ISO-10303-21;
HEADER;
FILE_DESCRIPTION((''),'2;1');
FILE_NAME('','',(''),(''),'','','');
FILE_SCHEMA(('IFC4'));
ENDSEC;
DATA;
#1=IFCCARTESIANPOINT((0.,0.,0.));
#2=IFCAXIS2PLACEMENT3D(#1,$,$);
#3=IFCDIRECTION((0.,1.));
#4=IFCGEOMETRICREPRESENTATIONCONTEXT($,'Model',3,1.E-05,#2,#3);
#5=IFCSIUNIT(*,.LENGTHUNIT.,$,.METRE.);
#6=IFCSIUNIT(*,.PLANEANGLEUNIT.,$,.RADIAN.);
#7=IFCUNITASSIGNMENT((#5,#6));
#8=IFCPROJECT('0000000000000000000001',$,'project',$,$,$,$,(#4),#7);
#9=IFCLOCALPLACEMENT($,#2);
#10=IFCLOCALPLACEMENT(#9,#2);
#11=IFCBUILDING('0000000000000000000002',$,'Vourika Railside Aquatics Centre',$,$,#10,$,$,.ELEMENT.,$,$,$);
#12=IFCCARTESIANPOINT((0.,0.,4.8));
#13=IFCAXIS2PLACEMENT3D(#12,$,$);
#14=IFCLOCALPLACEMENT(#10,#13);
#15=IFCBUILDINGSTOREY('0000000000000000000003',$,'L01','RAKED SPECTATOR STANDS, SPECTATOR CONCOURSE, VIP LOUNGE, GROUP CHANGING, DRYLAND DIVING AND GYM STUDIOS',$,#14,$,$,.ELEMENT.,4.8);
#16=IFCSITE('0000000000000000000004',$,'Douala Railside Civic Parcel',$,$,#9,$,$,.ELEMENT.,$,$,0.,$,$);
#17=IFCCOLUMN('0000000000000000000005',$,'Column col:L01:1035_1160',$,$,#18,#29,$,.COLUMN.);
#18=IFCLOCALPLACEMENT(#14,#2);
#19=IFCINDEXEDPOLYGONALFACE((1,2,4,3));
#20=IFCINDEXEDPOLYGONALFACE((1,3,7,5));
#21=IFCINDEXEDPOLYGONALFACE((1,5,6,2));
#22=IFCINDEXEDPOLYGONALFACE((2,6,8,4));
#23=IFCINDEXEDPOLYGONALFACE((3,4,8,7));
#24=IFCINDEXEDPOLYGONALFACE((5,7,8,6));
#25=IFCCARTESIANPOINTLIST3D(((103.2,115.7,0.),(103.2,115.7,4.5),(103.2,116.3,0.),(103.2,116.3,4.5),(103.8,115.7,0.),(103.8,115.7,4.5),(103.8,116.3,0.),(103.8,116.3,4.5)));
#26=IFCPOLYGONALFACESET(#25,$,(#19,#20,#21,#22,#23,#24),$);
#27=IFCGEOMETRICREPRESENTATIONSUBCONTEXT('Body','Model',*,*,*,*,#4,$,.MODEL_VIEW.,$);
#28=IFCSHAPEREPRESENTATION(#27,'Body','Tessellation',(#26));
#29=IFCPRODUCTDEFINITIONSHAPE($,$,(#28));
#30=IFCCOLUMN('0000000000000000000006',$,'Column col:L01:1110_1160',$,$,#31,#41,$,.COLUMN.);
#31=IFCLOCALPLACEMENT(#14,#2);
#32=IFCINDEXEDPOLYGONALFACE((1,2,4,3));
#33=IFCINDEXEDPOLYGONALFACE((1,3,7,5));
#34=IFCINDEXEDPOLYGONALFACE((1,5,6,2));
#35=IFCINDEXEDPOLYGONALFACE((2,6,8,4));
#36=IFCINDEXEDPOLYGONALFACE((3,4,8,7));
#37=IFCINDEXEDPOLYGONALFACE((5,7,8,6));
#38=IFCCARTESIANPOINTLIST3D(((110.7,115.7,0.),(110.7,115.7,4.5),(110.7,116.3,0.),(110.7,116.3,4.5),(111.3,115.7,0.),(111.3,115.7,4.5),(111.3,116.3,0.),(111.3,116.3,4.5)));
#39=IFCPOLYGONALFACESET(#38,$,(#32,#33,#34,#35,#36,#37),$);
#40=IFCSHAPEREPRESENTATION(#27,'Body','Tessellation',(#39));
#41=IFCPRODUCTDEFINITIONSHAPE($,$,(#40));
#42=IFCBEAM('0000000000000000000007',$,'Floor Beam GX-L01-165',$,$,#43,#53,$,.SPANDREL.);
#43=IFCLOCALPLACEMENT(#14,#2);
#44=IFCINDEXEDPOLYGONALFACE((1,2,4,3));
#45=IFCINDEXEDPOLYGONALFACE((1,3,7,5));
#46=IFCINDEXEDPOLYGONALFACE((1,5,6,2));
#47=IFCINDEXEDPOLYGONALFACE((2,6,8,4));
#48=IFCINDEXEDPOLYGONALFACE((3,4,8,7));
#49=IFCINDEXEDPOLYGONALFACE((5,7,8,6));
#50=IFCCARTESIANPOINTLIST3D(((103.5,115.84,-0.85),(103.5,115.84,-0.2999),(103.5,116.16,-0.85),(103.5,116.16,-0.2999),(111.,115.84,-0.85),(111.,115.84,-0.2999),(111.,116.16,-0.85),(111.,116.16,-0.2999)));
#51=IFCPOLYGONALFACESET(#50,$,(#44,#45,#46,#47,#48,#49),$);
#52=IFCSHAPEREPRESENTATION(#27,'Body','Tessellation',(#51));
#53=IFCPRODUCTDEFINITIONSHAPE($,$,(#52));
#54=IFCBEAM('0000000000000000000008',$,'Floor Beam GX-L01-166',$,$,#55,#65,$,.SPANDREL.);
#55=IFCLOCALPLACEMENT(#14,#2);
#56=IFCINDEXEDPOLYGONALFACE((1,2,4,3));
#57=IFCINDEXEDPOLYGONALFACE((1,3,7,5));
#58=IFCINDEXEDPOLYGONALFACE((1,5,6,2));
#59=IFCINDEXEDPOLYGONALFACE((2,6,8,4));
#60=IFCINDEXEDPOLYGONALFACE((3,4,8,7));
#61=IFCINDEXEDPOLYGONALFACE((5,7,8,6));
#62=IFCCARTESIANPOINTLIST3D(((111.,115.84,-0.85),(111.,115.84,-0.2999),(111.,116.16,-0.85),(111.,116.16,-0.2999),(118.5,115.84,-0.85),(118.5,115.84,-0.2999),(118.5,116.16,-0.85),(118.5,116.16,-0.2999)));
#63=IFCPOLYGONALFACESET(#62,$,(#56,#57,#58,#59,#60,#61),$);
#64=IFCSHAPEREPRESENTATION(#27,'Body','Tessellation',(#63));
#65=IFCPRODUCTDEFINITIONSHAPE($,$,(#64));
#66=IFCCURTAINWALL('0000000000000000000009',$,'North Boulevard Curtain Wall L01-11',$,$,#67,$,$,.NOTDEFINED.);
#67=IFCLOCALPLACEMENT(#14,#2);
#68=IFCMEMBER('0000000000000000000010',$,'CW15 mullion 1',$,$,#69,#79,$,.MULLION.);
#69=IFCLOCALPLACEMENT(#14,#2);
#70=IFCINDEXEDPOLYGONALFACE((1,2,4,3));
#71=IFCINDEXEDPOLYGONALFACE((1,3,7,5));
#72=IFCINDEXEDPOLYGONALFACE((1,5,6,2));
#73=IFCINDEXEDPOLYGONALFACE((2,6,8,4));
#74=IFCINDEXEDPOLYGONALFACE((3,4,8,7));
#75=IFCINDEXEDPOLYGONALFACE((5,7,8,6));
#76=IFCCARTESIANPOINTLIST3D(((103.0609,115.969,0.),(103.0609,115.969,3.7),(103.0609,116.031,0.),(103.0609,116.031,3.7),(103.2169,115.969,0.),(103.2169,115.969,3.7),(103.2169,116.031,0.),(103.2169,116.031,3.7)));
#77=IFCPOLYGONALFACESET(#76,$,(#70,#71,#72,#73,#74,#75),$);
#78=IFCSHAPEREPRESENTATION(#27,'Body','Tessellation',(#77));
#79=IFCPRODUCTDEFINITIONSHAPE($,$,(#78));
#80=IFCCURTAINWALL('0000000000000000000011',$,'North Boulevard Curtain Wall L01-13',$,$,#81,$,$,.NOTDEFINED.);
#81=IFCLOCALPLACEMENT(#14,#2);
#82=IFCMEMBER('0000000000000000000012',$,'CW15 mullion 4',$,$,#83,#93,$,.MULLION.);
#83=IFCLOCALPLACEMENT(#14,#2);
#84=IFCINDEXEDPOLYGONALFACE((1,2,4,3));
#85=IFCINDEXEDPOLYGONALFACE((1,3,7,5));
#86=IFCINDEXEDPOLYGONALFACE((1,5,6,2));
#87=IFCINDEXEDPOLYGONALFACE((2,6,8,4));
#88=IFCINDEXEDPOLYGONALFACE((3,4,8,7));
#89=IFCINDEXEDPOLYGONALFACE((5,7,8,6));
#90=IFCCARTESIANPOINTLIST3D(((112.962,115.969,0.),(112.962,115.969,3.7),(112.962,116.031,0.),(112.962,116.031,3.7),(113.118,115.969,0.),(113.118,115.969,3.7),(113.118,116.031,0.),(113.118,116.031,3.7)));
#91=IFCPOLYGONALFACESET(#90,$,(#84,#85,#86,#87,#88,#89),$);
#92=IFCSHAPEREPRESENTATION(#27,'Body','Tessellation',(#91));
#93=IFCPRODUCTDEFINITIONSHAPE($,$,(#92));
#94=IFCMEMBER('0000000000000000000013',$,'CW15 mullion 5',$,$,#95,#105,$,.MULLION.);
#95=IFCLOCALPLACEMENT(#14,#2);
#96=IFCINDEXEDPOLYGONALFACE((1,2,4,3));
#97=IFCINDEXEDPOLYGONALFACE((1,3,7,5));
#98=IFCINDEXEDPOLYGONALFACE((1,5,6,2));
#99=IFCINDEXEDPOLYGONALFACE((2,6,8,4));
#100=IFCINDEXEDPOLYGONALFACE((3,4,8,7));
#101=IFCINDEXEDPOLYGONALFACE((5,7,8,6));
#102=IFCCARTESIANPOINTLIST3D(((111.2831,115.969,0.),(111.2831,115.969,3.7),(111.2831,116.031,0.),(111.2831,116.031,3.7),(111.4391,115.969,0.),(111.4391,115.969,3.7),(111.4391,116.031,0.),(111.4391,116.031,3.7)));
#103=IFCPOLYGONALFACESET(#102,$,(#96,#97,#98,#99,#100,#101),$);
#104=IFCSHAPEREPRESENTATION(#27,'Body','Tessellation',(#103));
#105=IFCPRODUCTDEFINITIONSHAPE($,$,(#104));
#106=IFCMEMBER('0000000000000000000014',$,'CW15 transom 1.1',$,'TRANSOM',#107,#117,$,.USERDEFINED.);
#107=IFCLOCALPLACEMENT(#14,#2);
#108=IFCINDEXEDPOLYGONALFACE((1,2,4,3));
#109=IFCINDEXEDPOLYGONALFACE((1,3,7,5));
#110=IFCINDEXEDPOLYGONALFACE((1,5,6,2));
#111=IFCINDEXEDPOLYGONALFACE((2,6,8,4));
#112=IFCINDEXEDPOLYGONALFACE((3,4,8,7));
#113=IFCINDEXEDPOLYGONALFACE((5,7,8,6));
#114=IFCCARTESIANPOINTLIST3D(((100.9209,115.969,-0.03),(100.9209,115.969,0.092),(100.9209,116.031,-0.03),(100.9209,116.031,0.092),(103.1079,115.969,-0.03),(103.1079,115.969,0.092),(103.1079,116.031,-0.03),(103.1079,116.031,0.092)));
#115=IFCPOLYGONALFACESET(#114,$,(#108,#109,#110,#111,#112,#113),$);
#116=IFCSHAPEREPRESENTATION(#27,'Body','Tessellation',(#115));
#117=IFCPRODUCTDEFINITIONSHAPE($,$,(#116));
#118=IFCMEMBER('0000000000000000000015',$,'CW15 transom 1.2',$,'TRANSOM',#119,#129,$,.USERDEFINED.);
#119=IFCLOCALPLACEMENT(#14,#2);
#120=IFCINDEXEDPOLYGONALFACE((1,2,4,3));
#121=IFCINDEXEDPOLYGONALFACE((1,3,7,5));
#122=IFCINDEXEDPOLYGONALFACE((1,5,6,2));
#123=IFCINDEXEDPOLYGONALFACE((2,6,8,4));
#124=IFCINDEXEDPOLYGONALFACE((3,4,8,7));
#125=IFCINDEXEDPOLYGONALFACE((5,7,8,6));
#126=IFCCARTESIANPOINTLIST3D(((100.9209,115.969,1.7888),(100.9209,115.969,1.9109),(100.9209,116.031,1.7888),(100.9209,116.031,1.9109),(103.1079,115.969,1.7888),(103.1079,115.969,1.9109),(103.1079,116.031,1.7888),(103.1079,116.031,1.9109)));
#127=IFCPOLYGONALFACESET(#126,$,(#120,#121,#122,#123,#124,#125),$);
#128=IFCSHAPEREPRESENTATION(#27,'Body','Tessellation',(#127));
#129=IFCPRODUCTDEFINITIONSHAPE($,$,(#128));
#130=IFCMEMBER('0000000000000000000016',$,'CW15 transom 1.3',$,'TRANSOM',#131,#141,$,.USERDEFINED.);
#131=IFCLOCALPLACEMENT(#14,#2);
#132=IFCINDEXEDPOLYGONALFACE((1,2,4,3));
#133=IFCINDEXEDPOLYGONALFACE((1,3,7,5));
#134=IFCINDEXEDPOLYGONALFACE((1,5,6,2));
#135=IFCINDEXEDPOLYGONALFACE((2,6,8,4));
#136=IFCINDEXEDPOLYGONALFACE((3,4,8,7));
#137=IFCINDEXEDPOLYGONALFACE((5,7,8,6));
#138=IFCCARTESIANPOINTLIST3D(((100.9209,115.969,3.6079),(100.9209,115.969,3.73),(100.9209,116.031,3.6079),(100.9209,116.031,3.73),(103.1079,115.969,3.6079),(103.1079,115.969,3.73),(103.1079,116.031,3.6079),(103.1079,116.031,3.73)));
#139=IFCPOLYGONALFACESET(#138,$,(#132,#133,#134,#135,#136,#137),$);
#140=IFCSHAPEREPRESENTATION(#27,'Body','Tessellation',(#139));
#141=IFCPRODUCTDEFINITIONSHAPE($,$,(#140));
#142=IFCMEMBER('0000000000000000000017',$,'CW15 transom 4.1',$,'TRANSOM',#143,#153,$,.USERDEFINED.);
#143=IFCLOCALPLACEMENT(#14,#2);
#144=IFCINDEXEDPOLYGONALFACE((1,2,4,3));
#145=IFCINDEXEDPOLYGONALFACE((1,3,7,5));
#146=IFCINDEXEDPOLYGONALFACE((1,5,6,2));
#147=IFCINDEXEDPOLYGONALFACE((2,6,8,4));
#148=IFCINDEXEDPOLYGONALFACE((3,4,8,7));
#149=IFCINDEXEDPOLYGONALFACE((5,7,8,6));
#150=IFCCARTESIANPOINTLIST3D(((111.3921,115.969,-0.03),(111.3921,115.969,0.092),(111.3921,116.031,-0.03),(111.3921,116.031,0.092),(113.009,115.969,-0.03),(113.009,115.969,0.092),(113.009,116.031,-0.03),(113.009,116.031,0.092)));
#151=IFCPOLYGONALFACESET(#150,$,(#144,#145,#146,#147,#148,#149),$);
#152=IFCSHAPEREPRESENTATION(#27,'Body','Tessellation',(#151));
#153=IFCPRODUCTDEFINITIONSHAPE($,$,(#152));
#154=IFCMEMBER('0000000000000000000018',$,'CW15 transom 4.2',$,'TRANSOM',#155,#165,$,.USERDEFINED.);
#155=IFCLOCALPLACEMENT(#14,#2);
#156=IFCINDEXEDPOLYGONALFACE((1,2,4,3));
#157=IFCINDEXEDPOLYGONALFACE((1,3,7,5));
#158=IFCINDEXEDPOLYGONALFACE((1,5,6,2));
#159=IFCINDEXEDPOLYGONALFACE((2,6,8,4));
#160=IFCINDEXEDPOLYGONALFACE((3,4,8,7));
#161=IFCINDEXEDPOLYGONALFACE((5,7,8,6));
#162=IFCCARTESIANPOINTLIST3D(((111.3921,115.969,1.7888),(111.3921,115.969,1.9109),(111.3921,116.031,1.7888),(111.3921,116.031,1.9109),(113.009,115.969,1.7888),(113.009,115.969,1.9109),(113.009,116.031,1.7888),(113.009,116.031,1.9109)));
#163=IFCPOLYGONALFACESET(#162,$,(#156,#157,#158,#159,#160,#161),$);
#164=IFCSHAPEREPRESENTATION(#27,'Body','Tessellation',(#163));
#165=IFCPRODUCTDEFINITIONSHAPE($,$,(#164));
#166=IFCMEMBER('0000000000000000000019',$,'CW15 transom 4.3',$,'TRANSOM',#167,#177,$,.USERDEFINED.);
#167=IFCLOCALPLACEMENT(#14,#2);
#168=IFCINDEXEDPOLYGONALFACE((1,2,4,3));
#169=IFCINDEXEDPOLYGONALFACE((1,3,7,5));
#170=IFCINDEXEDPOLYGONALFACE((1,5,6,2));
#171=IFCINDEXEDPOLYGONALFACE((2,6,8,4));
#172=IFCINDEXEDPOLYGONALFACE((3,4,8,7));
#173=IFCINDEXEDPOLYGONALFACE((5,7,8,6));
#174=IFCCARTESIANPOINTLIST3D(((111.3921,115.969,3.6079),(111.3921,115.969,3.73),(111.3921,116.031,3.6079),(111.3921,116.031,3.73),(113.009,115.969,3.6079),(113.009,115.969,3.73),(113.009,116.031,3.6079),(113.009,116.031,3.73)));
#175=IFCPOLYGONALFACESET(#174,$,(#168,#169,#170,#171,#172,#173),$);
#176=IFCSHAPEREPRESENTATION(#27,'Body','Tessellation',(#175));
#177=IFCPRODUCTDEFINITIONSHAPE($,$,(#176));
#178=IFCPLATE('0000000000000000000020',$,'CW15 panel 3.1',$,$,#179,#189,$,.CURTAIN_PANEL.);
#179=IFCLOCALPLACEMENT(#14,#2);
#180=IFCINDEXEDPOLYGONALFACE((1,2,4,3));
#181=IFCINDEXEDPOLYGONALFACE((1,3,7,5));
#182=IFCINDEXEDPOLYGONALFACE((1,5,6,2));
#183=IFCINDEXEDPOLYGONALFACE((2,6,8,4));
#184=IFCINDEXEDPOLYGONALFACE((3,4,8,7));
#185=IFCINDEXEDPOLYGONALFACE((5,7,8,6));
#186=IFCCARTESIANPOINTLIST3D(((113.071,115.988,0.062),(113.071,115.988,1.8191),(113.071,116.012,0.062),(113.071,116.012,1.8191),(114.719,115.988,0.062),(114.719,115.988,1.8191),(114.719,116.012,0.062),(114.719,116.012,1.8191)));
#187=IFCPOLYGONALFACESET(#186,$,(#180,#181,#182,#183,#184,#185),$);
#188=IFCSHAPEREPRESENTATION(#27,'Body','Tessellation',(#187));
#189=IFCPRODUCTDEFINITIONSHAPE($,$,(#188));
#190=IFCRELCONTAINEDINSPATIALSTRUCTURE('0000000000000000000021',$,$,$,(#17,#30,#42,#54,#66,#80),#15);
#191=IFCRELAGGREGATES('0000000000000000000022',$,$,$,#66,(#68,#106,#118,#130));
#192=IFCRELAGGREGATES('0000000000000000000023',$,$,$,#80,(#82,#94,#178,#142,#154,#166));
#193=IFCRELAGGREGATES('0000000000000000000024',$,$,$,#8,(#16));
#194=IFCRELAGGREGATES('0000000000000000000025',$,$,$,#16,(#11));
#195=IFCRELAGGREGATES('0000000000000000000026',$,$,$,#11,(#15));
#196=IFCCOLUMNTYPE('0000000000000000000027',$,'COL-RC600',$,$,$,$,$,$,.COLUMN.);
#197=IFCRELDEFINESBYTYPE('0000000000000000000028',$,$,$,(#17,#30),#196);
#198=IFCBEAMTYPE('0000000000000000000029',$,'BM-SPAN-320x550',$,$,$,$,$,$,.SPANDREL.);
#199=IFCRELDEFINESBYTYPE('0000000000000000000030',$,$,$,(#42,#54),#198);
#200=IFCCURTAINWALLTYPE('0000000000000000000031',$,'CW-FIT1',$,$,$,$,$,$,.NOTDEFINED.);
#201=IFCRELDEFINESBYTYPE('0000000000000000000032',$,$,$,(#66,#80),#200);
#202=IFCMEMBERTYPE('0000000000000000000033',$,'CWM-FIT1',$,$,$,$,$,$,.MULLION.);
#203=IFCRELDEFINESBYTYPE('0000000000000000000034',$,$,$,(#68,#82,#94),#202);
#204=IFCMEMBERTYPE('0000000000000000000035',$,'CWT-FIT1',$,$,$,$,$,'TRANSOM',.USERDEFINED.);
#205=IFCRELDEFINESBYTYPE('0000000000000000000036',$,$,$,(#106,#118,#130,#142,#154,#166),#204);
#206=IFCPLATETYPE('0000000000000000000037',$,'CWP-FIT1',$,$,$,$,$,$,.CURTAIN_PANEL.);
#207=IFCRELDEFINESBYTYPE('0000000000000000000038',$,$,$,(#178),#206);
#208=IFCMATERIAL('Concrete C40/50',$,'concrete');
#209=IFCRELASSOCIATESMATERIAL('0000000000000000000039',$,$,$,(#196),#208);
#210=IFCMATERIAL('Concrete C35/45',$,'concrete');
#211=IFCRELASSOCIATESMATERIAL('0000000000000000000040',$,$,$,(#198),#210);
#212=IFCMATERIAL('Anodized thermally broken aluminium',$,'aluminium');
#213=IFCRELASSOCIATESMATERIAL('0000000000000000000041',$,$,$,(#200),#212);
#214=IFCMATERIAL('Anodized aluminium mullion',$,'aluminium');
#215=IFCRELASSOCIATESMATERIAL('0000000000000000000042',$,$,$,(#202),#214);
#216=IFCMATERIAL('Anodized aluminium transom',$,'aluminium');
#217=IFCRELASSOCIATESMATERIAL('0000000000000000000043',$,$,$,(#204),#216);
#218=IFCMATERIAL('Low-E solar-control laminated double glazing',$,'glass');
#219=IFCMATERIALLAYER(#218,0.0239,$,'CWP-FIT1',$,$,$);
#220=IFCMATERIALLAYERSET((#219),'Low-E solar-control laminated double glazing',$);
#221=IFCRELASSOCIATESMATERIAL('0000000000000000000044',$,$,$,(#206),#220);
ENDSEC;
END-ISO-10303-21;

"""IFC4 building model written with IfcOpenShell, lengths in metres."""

from ifc_helpers import new_model, si_unit, direction, frame, origin, origin_2d, place, context, subcontext, project, spatial, rectangle, extrude, material, layer, layer_set, material_profile, profile_set, type_object, element, aggregate, save


model = new_model("IFC4")

# Units and contexts
model_context = context("Model", 3, precision=1e-05, world=origin(), true_north=direction((0.0, 1.0)))
body_context = subcontext(model_context, "Body", "Model", "MODEL_VIEW")
ifc_project = project(units=[si_unit("LENGTHUNIT", "METRE"), si_unit("PLANEANGLEUNIT", "RADIAN")], contexts=[model_context])

# Site, building, storey
site_placement = place(None, origin())
site = spatial("IfcSite", under=ifc_project, at=site_placement, Name="Douala Railside Civic Parcel", CompositionType="ELEMENT", RefElevation=0.0)
building_placement = place(site_placement, origin())
building = spatial("IfcBuilding", under=site, at=building_placement, Name="Vourika Railside Aquatics Centre", CompositionType="ELEMENT")
storey_placement = place(building_placement, frame((0.0, 0.0, 4.8)))
storey = spatial("IfcBuildingStorey", under=building, at=storey_placement, Name="L01", Description="RAKED SPECTATOR STANDS, SPECTATOR CONCOURSE, VIP LOUNGE, GROUP CHANGING, DRYLAND DIVING AND GYM STUDIOS", CompositionType="ELEMENT", Elevation=4.8)

# Columns
ifc_material_1 = material(Name="Concrete C40/50", Category="concrete")
ifc_material_profile_1 = material_profile(ifc_material_1, rectangle(XDim=0.6001, YDim=0.6001, at=origin_2d()), Name="RC 600x600")
ifc_profile_set_1 = profile_set([ifc_material_profile_1], Name="Concrete C40/50")
column_type = type_object("IfcColumnType", Name="COL-RC600", PredefinedType="COLUMN", material=ifc_profile_set_1)
for number, where, z_axis, x_axis, name in (
    (1, (103.5, 116.0, 0.0), (0.0, 0.0, 1.0), (1.0, 0.0, 0.0), "Column col:L01:1035_1160"),
    (2, (111.0, 116.0, 0.0), (0.0, 0.0, 1.0), (1.0, 0.0, 0.0), "Column col:L01:1110_1160"),
):
    element("IfcColumn", number, at=place(storey_placement, frame(where, z_axis=z_axis, x_axis=x_axis)), inside=storey, type_object=column_type, Name=name, PredefinedType="COLUMN", context=body_context, shape_type="SweptSolid", body=[
        extrude(rectangle(XDim=0.6001, YDim=0.6001, at=origin_2d()), origin(), (0.0, 0.0, 1.0), 4.5),
    ])

# Beams
ifc_material_2 = material(Name="Concrete C35/45", Category="concrete")
ifc_material_profile_2 = material_profile(ifc_material_2, rectangle(XDim=0.3201, YDim=0.55, at=origin_2d()), Name="RC 320x550")
ifc_profile_set_2 = profile_set([ifc_material_profile_2], Name="Concrete C35/45")
beam_type = type_object("IfcBeamType", Name="BM-SPAN-320x550", PredefinedType="SPANDREL", material=ifc_profile_set_2)
for number, where, z_axis, x_axis, name in (
    (3, (103.5, 116.0, -0.575), (1.0, 0.0, 0.0), (0.0, 1.0, 0.0), "Floor Beam GX-L01-165"),
    (4, (111.0, 116.0, -0.575), (1.0, 0.0, 0.0), (0.0, 1.0, 0.0), "Floor Beam GX-L01-166"),
):
    element("IfcBeam", number, at=place(storey_placement, frame(where, z_axis=z_axis, x_axis=x_axis)), inside=storey, type_object=beam_type, Name=name, PredefinedType="SPANDREL", context=body_context, shape_type="SweptSolid", body=[
        extrude(rectangle(XDim=0.3201, YDim=0.55, at=origin_2d()), origin(), (0.0, 0.0, 1.0), 7.5),
    ])

# Curtain wall, member
ifc_material_3 = material(Name="Anodized thermally broken aluminium", Category="aluminium")
curtain_wall_type = type_object("IfcCurtainWallType", Name="CW-FIT1", PredefinedType="NOTDEFINED", material=ifc_material_3)
curtain_wall_1_placement = place(storey_placement, origin())
curtain_wall_1 = element("IfcCurtainWall", 5, at=curtain_wall_1_placement, inside=storey, type_object=curtain_wall_type, Name="North Boulevard Curtain Wall L01-11", PredefinedType="NOTDEFINED")
ifc_material_4 = material(Name="Anodized aluminium mullion", Category="aluminium")
ifc_material_profile_3 = material_profile(ifc_material_4, rectangle(XDim=0.062, YDim=0.156, at=origin_2d()), Name="ALU-M 62x156")
ifc_profile_set_3 = profile_set([ifc_material_profile_3], Name="Anodized aluminium mullion")
member_type_1 = type_object("IfcMemberType", Name="CWM-FIT1", PredefinedType="MULLION", material=ifc_profile_set_3)
member_1_placement = place(storey_placement, frame((103.1389, 116.0, 0.0), z_axis=(0.0, 0.0, 1.0), x_axis=(0.0, -1.0, 0.0)))
member_1 = element("IfcMember", 6, at=member_1_placement, type_object=member_type_1, Name="CW15 mullion 1", PredefinedType="MULLION", context=body_context, shape_type="SweptSolid", body=[
    extrude(rectangle(XDim=0.062, YDim=0.156, at=origin_2d()), origin(), (0.0, 0.0, 1.0), 3.7),
])

# Curtain wall, members
curtain_wall_2_placement = place(storey_placement, origin())
curtain_wall_2 = element("IfcCurtainWall", 7, at=curtain_wall_2_placement, inside=storey, type_object=curtain_wall_type, Name="North Boulevard Curtain Wall L01-13", PredefinedType="NOTDEFINED")
member_2_placement = place(storey_placement, frame((113.04, 116.0, 0.0), z_axis=(0.0, 0.0, 1.0), x_axis=(0.0, -1.0, 0.0)))
member_2 = element("IfcMember", 8, at=member_2_placement, type_object=member_type_1, Name="CW15 mullion 4", PredefinedType="MULLION", context=body_context, shape_type="SweptSolid", body=[
    extrude(rectangle(XDim=0.062, YDim=0.156, at=origin_2d()), origin(), (0.0, 0.0, 1.0), 3.7),
])
member_3_placement = place(storey_placement, frame((111.3611, 116.0, 0.0), z_axis=(0.0, 0.0, 1.0), x_axis=(0.0, -1.0, 0.0)))
member_3 = element("IfcMember", 9, at=member_3_placement, type_object=member_type_1, Name="CW15 mullion 5", PredefinedType="MULLION", context=body_context, shape_type="SweptSolid", body=[
    extrude(rectangle(XDim=0.062, YDim=0.156, at=origin_2d()), origin(), (0.0, 0.0, 1.0), 3.7),
])

# Members
ifc_material_5 = material(Name="Anodized aluminium transom", Category="aluminium")
ifc_material_profile_4 = material_profile(ifc_material_5, rectangle(XDim=0.062, YDim=0.1221, at=origin_2d()), Name="ALU-T 62x122")
ifc_profile_set_4 = profile_set([ifc_material_profile_4], Name="Anodized aluminium transom")
member_type_2 = type_object("IfcMemberType", Name="CWT-FIT1", ElementType="TRANSOM", PredefinedType="USERDEFINED", material=ifc_profile_set_4)
member_4_placement = place(storey_placement, frame((103.1079, 116.0, 0.031), z_axis=(-1.0, 0.0, 0.0), x_axis=(0.0, -1.0, 0.0)))
member_4 = element("IfcMember", 10, at=member_4_placement, type_object=member_type_2, Name="CW15 transom 1.1", ObjectType="TRANSOM", PredefinedType="USERDEFINED", context=body_context, shape_type="SweptSolid", body=[
    extrude(rectangle(XDim=0.062, YDim=0.1221, at=origin_2d()), origin(), (0.0, 0.0, 1.0), 2.187),
])
member_5_placement = place(storey_placement, frame((103.1079, 116.0, 1.8499), z_axis=(-1.0, 0.0, 0.0), x_axis=(0.0, -1.0, 0.0)))
member_5 = element("IfcMember", 11, at=member_5_placement, type_object=member_type_2, Name="CW15 transom 1.2", ObjectType="TRANSOM", PredefinedType="USERDEFINED", context=body_context, shape_type="SweptSolid", body=[
    extrude(rectangle(XDim=0.062, YDim=0.1221, at=origin_2d()), origin(), (0.0, 0.0, 1.0), 2.187),
])
member_6_placement = place(storey_placement, frame((103.1079, 116.0, 3.6689), z_axis=(-1.0, 0.0, 0.0), x_axis=(0.0, -1.0, 0.0)))
member_6 = element("IfcMember", 12, at=member_6_placement, type_object=member_type_2, Name="CW15 transom 1.3", ObjectType="TRANSOM", PredefinedType="USERDEFINED", context=body_context, shape_type="SweptSolid", body=[
    extrude(rectangle(XDim=0.062, YDim=0.1221, at=origin_2d()), origin(), (0.0, 0.0, 1.0), 2.187),
])
aggregate(curtain_wall_1, [member_1, member_4, member_5, member_6])
member_7_placement = place(storey_placement, frame((113.009, 116.0, 0.031), z_axis=(-1.0, 0.0, 0.0), x_axis=(0.0, -1.0, 0.0)))
member_7 = element("IfcMember", 13, at=member_7_placement, type_object=member_type_2, Name="CW15 transom 4.1", ObjectType="TRANSOM", PredefinedType="USERDEFINED", context=body_context, shape_type="SweptSolid", body=[
    extrude(rectangle(XDim=0.062, YDim=0.1221, at=origin_2d()), origin(), (0.0, 0.0, 1.0), 1.6169),
])
member_8_placement = place(storey_placement, frame((113.009, 116.0, 1.8499), z_axis=(-1.0, 0.0, 0.0), x_axis=(0.0, -1.0, 0.0)))
member_8 = element("IfcMember", 14, at=member_8_placement, type_object=member_type_2, Name="CW15 transom 4.2", ObjectType="TRANSOM", PredefinedType="USERDEFINED", context=body_context, shape_type="SweptSolid", body=[
    extrude(rectangle(XDim=0.062, YDim=0.1221, at=origin_2d()), origin(), (0.0, 0.0, 1.0), 1.6169),
])
member_9_placement = place(storey_placement, frame((113.009, 116.0, 3.6689), z_axis=(-1.0, 0.0, 0.0), x_axis=(0.0, -1.0, 0.0)))
member_9 = element("IfcMember", 15, at=member_9_placement, type_object=member_type_2, Name="CW15 transom 4.3", ObjectType="TRANSOM", PredefinedType="USERDEFINED", context=body_context, shape_type="SweptSolid", body=[
    extrude(rectangle(XDim=0.062, YDim=0.1221, at=origin_2d()), origin(), (0.0, 0.0, 1.0), 1.6169),
])

# Plate
ifc_material_6 = material(Name="Low-E solar-control laminated double glazing", Category="glass")
ifc_layer_1 = layer(ifc_material_6, 0.0239, Name="CWP-FIT1")
ifc_layer_set_1 = layer_set([ifc_layer_1], Name="Low-E solar-control laminated double glazing")
plate_type = type_object("IfcPlateType", Name="CWP-FIT1", PredefinedType="CURTAIN_PANEL", material=ifc_layer_set_1)
plate_1_placement = place(storey_placement, frame((113.895, 116.0, 0.062), z_axis=(0.0, 0.0, 1.0), x_axis=(-1.0, 0.0, 0.0)))
plate_1 = element("IfcPlate", 16, at=plate_1_placement, type_object=plate_type, Name="CW15 panel 3.1", PredefinedType="CURTAIN_PANEL", context=body_context, shape_type="SweptSolid", body=[
    extrude(rectangle(XDim=1.6479, YDim=0.0239, at=origin_2d()), origin(), (0.0, 0.0, 1.0), 1.7571),
])
aggregate(curtain_wall_2, [member_2, member_3, plate_1, member_7, member_8, member_9])

save(model, "model.ifc")
